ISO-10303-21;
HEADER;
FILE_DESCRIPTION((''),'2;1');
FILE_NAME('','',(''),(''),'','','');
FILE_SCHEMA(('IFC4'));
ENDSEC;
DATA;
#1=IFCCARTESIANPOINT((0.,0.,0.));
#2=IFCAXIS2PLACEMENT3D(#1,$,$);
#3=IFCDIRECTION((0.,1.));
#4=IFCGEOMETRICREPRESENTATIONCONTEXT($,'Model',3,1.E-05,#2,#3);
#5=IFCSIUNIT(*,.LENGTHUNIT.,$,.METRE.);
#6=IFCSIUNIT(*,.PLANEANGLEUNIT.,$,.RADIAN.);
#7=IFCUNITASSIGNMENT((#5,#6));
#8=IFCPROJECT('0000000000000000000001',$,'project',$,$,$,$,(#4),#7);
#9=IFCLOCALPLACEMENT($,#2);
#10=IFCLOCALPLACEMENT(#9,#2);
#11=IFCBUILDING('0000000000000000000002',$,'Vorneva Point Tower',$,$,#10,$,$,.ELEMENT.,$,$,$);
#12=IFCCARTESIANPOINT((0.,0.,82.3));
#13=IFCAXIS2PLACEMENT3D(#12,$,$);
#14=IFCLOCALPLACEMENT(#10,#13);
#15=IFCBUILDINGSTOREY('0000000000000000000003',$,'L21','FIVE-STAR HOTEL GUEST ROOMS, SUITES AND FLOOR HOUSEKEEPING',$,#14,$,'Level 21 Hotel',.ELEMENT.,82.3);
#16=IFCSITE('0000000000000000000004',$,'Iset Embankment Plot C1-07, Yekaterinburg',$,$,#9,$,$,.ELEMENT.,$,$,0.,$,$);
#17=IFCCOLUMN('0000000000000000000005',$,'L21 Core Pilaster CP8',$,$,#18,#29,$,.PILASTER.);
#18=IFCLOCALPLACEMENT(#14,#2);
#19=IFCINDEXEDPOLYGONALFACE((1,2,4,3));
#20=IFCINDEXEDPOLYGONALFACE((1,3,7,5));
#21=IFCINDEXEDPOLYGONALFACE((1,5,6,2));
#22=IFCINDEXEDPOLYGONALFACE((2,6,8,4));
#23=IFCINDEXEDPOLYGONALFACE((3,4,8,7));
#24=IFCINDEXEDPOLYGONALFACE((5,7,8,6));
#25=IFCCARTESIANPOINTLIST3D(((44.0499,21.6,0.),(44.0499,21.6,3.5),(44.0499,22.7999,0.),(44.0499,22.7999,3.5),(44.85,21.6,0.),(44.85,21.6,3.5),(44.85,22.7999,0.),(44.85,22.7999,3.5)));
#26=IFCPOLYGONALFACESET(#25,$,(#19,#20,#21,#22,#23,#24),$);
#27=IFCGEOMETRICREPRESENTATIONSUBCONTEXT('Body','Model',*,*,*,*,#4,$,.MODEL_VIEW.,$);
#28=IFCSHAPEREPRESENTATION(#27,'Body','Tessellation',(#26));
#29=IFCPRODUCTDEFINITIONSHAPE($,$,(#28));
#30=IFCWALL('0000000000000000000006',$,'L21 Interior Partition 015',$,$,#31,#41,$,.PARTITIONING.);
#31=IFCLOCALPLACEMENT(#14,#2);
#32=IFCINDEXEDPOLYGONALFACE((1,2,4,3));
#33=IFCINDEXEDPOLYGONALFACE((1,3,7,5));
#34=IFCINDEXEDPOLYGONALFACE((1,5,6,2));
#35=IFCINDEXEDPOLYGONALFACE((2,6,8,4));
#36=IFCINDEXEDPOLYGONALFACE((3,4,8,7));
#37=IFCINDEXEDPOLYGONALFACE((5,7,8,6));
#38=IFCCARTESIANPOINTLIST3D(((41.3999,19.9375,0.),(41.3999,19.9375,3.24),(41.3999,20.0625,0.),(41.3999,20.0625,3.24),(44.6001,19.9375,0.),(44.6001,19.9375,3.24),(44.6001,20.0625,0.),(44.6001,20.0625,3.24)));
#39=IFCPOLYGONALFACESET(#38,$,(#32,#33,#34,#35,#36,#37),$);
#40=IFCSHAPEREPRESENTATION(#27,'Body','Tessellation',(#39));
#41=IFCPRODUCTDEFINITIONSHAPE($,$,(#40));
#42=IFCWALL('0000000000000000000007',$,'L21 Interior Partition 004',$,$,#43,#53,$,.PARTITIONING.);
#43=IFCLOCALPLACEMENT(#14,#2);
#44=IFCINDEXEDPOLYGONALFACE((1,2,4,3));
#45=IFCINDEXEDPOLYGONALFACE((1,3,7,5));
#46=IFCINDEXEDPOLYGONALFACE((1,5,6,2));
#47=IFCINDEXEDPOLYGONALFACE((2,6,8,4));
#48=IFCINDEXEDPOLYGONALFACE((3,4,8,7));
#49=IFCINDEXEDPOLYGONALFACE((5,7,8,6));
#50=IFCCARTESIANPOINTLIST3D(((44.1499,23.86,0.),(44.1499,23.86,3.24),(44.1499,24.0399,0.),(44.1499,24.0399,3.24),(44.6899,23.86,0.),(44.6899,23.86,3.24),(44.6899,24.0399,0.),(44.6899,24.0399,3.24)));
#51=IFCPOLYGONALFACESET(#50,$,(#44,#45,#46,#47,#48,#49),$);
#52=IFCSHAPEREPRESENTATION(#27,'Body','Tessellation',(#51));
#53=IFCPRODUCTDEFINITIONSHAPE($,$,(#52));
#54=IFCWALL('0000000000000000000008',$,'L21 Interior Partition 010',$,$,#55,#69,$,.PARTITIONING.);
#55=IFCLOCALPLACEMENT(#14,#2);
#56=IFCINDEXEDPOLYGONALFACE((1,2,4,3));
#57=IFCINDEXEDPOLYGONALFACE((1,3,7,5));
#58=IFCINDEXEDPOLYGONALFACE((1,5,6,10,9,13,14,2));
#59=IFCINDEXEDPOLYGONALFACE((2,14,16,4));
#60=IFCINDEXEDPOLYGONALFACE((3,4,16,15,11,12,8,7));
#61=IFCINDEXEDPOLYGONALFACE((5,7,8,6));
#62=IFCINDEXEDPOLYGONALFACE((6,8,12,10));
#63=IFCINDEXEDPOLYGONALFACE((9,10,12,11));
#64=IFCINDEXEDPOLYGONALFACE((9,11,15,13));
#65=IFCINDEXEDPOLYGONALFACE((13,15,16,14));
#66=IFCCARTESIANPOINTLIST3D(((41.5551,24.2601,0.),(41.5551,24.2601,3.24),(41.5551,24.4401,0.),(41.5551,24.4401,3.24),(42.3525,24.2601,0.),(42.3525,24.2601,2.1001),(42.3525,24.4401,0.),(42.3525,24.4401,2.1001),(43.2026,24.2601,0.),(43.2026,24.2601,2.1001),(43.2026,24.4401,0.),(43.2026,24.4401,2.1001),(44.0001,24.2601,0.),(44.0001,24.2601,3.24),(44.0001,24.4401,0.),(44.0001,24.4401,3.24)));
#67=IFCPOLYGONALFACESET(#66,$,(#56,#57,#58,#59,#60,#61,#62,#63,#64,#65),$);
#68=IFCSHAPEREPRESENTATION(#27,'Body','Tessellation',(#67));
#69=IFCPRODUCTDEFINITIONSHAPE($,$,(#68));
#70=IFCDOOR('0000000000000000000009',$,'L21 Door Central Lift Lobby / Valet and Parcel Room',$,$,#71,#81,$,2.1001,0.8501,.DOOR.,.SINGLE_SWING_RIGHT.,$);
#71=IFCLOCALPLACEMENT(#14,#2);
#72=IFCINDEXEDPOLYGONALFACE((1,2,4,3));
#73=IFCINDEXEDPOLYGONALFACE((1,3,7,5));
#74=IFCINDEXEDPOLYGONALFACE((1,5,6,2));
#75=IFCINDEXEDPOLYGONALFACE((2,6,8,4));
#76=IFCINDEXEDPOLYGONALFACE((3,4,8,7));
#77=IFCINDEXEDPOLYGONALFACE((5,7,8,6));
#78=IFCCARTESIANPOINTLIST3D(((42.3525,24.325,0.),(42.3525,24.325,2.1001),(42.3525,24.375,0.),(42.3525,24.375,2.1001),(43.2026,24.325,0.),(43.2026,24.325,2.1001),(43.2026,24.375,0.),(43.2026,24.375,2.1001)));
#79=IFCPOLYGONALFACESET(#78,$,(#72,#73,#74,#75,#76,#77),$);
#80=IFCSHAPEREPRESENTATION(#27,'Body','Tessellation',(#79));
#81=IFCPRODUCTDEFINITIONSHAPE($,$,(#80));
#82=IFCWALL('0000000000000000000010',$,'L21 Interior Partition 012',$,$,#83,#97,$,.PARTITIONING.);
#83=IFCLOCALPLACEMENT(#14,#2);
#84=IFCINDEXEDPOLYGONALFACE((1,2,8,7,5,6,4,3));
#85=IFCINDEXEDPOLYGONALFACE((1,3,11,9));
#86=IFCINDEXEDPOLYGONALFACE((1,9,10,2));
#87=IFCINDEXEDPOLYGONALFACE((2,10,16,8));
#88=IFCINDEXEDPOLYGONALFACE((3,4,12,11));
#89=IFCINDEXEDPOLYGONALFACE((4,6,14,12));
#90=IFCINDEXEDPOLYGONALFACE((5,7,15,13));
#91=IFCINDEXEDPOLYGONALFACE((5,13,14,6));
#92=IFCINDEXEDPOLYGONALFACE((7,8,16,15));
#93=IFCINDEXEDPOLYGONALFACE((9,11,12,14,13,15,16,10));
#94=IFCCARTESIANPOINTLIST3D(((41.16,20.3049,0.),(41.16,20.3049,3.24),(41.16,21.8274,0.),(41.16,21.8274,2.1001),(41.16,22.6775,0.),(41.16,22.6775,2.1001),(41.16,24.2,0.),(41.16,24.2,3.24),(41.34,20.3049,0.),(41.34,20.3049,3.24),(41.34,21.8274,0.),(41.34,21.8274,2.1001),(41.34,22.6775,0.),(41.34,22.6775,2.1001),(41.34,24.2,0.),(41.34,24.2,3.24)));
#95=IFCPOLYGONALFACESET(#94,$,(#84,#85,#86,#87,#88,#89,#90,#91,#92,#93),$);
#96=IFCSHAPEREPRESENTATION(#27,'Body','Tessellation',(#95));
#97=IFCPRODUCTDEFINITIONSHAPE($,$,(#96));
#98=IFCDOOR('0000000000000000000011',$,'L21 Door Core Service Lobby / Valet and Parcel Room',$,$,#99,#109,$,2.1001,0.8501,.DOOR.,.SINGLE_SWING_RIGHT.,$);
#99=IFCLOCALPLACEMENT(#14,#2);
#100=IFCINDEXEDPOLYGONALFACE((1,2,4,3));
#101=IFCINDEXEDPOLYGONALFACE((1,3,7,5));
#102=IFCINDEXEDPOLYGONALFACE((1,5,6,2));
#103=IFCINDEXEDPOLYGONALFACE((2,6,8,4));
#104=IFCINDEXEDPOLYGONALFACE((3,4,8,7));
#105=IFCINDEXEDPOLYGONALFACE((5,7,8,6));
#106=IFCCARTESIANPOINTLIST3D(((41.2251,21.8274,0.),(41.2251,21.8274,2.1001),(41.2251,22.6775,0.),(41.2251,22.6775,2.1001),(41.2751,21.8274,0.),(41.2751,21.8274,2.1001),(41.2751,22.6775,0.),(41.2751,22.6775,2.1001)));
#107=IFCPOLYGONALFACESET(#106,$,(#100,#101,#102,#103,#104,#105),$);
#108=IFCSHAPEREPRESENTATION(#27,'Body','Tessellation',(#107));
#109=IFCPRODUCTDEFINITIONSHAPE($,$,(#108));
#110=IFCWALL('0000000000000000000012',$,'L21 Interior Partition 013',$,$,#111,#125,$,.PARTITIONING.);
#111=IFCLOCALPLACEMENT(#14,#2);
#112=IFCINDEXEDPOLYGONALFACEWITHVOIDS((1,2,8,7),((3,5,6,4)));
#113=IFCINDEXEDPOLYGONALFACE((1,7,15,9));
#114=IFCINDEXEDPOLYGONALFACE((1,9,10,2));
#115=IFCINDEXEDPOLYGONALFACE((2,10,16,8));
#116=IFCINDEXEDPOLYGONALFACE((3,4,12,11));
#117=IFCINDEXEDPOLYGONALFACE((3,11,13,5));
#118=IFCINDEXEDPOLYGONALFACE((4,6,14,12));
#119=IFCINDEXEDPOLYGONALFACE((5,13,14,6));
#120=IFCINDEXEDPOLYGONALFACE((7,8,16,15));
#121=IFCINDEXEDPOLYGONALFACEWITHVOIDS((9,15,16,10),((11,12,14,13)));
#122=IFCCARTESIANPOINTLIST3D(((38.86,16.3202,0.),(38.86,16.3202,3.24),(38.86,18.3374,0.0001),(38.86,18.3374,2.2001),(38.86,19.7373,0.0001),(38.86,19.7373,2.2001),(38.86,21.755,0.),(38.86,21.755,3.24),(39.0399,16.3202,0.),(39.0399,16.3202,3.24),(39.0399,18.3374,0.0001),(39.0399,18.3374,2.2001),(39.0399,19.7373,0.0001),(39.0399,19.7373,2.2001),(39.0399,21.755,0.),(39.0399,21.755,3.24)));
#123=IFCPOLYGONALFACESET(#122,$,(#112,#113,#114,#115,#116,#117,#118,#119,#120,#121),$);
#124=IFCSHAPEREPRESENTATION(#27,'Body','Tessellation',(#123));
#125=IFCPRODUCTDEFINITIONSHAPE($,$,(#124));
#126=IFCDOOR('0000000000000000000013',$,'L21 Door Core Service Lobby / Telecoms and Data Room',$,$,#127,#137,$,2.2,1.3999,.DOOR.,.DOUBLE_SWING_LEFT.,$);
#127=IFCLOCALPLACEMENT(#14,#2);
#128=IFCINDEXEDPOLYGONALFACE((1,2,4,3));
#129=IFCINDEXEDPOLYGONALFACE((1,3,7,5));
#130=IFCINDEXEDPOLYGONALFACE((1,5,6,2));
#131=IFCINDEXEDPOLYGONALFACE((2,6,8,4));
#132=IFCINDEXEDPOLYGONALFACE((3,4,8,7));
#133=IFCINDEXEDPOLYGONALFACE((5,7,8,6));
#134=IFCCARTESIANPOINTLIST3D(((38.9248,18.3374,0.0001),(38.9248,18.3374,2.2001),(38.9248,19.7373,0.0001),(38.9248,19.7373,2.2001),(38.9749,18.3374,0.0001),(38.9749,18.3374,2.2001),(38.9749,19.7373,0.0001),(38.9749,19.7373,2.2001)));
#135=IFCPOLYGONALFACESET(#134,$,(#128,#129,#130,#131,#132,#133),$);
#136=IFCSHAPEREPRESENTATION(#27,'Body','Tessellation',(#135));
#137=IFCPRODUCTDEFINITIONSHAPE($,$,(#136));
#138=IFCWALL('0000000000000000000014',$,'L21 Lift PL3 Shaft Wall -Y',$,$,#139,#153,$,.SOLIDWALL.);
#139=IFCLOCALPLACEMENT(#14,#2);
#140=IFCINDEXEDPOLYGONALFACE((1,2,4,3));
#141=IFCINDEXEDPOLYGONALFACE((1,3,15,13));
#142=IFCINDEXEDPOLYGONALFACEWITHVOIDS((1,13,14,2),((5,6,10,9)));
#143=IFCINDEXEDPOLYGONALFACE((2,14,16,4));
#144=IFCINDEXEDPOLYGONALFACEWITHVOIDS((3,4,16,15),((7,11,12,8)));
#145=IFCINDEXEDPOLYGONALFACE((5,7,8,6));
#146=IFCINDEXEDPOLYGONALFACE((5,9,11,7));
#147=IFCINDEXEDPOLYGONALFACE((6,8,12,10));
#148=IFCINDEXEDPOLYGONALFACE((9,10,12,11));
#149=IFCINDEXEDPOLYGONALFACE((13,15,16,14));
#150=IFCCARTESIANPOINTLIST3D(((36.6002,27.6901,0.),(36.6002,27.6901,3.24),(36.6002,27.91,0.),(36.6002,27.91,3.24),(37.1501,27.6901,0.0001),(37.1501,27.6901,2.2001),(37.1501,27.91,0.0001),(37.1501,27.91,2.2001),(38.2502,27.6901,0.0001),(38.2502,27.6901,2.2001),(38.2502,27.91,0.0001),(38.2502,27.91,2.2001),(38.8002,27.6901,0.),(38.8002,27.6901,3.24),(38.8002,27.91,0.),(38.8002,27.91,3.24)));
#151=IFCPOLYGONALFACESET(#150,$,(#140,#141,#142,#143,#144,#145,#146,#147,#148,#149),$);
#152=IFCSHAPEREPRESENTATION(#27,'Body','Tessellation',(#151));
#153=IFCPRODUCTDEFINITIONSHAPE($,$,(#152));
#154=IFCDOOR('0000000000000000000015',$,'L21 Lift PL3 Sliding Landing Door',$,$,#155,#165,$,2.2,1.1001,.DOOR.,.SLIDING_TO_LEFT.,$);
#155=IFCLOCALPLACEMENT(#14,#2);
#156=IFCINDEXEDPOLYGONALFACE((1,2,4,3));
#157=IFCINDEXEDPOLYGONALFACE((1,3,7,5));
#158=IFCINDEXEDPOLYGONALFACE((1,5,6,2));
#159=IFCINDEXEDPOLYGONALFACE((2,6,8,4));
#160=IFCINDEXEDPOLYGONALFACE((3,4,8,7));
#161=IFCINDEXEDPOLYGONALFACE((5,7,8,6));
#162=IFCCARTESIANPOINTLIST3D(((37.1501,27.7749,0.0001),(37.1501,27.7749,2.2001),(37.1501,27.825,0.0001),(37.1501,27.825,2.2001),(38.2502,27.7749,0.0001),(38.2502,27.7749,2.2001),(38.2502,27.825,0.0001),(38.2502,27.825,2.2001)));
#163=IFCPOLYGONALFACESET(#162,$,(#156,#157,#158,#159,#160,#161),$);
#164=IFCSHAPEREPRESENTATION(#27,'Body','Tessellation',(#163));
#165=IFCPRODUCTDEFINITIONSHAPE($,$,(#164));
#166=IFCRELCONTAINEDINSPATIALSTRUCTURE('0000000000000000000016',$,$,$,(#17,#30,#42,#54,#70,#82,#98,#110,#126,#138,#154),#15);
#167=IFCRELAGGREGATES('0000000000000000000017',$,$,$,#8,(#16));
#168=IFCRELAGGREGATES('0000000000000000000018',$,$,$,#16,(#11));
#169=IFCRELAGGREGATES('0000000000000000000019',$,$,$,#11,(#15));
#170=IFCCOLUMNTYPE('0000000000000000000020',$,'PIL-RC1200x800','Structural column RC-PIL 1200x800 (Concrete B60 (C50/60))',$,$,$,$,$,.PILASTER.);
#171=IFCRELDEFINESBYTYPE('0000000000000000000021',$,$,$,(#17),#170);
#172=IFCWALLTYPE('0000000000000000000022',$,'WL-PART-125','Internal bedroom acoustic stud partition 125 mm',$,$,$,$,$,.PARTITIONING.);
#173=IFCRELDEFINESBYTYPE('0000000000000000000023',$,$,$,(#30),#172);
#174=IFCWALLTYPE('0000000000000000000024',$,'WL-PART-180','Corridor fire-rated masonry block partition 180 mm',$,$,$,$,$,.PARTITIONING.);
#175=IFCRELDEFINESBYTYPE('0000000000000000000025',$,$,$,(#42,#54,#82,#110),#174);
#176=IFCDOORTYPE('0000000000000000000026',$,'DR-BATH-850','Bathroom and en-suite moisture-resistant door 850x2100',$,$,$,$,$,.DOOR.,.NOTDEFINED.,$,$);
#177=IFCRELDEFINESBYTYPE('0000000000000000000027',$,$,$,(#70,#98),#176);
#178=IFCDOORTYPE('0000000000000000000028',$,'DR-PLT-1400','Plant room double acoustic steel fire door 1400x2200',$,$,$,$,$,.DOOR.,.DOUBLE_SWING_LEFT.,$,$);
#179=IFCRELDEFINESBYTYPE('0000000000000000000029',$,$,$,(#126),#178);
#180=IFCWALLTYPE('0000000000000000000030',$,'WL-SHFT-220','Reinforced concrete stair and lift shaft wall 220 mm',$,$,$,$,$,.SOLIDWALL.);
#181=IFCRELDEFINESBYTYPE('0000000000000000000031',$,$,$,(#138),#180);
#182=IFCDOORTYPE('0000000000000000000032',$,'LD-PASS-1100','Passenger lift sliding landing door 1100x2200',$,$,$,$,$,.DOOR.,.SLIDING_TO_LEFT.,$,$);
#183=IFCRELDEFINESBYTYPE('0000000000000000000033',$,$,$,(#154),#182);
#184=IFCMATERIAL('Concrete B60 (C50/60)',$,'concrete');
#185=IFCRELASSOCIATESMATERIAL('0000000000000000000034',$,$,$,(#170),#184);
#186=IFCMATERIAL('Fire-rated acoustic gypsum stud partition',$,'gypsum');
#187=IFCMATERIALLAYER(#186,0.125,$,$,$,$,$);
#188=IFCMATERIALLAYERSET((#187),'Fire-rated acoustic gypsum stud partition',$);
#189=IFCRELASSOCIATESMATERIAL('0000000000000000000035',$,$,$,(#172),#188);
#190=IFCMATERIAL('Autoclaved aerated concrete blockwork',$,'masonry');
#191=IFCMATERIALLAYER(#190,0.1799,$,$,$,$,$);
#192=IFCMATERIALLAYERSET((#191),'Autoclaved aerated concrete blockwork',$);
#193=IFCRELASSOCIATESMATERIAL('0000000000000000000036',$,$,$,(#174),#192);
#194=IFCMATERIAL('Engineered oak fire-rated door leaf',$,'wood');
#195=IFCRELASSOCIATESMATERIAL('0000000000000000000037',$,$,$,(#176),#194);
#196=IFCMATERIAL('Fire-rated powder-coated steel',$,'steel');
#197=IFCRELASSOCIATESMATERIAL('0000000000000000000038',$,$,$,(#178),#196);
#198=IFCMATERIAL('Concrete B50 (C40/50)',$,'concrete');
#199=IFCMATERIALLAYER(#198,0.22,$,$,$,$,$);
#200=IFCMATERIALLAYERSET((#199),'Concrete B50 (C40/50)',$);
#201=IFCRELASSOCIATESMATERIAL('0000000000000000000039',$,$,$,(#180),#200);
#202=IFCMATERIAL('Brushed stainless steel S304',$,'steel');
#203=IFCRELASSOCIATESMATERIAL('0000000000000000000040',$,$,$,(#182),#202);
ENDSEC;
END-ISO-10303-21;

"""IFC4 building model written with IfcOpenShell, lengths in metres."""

from ifc_helpers import new_model, si_unit, direction, frame, frame_2d, origin, origin_2d, place, context, subcontext, project, spatial, rectangle, extrude, material, layer, layer_set, material_profile, profile_set, type_object, element, fill, save


model = new_model("IFC4")

# Units and contexts
model_context = context("Model", 3, precision=1e-05, world=origin(), true_north=direction((0.0, 1.0)))
body_context = subcontext(model_context, "Body", "Model", "MODEL_VIEW")
ifc_project = project(units=[si_unit("LENGTHUNIT", "METRE"), si_unit("PLANEANGLEUNIT", "RADIAN")], contexts=[model_context])

# Site, building, storey
site_placement = place(None, origin())
site = spatial("IfcSite", under=ifc_project, at=site_placement, Name="Iset Embankment Plot C1-07, Yekaterinburg", CompositionType="ELEMENT", RefElevation=0.0)
building_placement = place(site_placement, origin())
building = spatial("IfcBuilding", under=site, at=building_placement, Name="Vorneva Point Tower", CompositionType="ELEMENT")
storey_placement = place(building_placement, frame((0.0, 0.0, 82.3)))
storey = spatial("IfcBuildingStorey", under=building, at=storey_placement, Name="L21", Description="FIVE-STAR HOTEL GUEST ROOMS, SUITES AND FLOOR HOUSEKEEPING", LongName="Level 21 Hotel", CompositionType="ELEMENT", Elevation=82.3)

# Column
ifc_material_1 = material(Name="Concrete B60 (C50/60)", Category="concrete")
ifc_material_profile = material_profile(ifc_material_1, rectangle(XDim=0.8, YDim=1.2, at=origin_2d()), Name="RC-PIL 1200x800")
ifc_profile_set = profile_set([ifc_material_profile], Name="Concrete B60 (C50/60)")
column_type = type_object("IfcColumnType", Name="PIL-RC1200x800", Description="Structural column RC-PIL 1200x800 (Concrete B60 (C50/60))", PredefinedType="PILASTER", material=ifc_profile_set)
column_placement = place(storey_placement, frame((44.45, 22.2, 0.0), z_axis=(0.0, 0.0, 1.0), x_axis=(1.0, 0.0, 0.0)))
element("IfcColumn", 1, at=column_placement, inside=storey, type_object=column_type, Name="L21 Core Pilaster CP8", PredefinedType="PILASTER", context=body_context, shape_type="SweptSolid", body=[
    extrude(rectangle(XDim=0.8, YDim=1.2, at=origin_2d()), origin(), (0.0, 0.0, 1.0), 3.5),
])

# Walls
ifc_material_2 = material(Name="Fire-rated acoustic gypsum stud partition", Category="gypsum")
ifc_layer_1 = layer(ifc_material_2, 0.125)
ifc_layer_set_1 = layer_set([ifc_layer_1], Name="Fire-rated acoustic gypsum stud partition")
wall_type_1 = type_object("IfcWallType", Name="WL-PART-125", Description="Internal bedroom acoustic stud partition 125 mm", PredefinedType="PARTITIONING", material=ifc_layer_set_1)
wall_1_placement = place(storey_placement, frame((44.6001, 20.0, 0.0), z_axis=(0.0, 0.0, 1.0), x_axis=(-1.0, 0.0, 0.0)))
element("IfcWall", 2, at=wall_1_placement, inside=storey, type_object=wall_type_1, Name="L21 Interior Partition 015", PredefinedType="PARTITIONING", context=body_context, shape_type="SweptSolid", body=[
    extrude(rectangle(XDim=3.2002, YDim=0.125, at=frame_2d((1.6001, 0.0))), origin(), (0.0, 0.0, 1.0), 3.24),
])
ifc_material_3 = material(Name="Autoclaved aerated concrete blockwork", Category="masonry")
ifc_layer_2 = layer(ifc_material_3, 0.1799)
ifc_layer_set_2 = layer_set([ifc_layer_2], Name="Autoclaved aerated concrete blockwork")
wall_type_2 = type_object("IfcWallType", Name="WL-PART-180", Description="Corridor fire-rated masonry block partition 180 mm", PredefinedType="PARTITIONING", material=ifc_layer_set_2)
wall_2_placement = place(storey_placement, frame((44.1499, 23.95, 0.0), z_axis=(0.0, 0.0, 1.0), x_axis=(1.0, 0.0, 0.0)))
element("IfcWall", 3, at=wall_2_placement, inside=storey, type_object=wall_type_2, Name="L21 Interior Partition 004", PredefinedType="PARTITIONING", context=body_context, shape_type="SweptSolid", body=[
    extrude(rectangle(XDim=0.54, YDim=0.1799, at=frame_2d((0.27, 0.0))), origin(), (0.0, 0.0, 1.0), 3.24),
])

# Walls, openings, doors
ifc_material_4 = material(Name="Fire-rated powder-coated steel", Category="steel")
wall_3_placement = place(storey_placement, frame((41.5549, 24.3501, 0.0), z_axis=(0.0, 0.0, 1.0), x_axis=(1.0, 0.0, 0.0)))
wall_3 = element("IfcWall", 4, at=wall_3_placement, inside=storey, type_object=wall_type_2, Name="L21 Interior Partition 010", PredefinedType="PARTITIONING", context=body_context, shape_type="SweptSolid", body=[
    extrude(rectangle(XDim=2.4451, YDim=0.1799, at=frame_2d((1.2227, 0.0))), origin(), (0.0, 0.0, 1.0), 3.24),
])
opening_1_placement = place(wall_3_placement, frame((0.7976, 0.0, 0.0)))
opening_1 = element("IfcOpeningElement", 5, at=opening_1_placement, cuts=wall_3, PredefinedType="OPENING", context=body_context, shape_type="SweptSolid", body=[
    extrude(rectangle(XDim=0.8501, YDim=2.1001, at=frame_2d((0.425, 1.05))), frame((0.0, 0.105, 0.0), z_axis=(0.0, -1.0, 0.0), x_axis=(1.0, 0.0, 0.0)), (0.0, 0.0, 1.0), 0.2097),
])
ifc_material_5 = material(Name="Engineered oak fire-rated door leaf", Category="wood")
door_type_1 = type_object("IfcDoorType", Name="DR-BATH-850", Description="Bathroom and en-suite moisture-resistant door 850x2100", OperationType="NOTDEFINED", PredefinedType="DOOR", material=ifc_material_5)
door_1_placement = place(opening_1_placement, origin())
door_1 = element("IfcDoor", 6, at=door_1_placement, inside=storey, type_object=door_type_1, Name="L21 Door Central Lift Lobby / Valet and Parcel Room", OperationType="SINGLE_SWING_RIGHT", OverallHeight=2.1001, OverallWidth=0.8501, PredefinedType="DOOR", context=body_context, shape_type="SweptSolid", body=[
    extrude(rectangle(XDim=0.8501, YDim=2.1001, at=frame_2d((0.425, 1.05))), frame((0.0, 0.0249, 0.0), z_axis=(0.0, -1.0, 0.0), x_axis=(1.0, 0.0, 0.0)), (0.0, 0.0, 1.0), 0.05),
])
fill(opening_1, door_1)
wall_4_placement = place(storey_placement, frame((41.25, 20.3049, 0.0), z_axis=(0.0, 0.0, 1.0), x_axis=(0.0, 1.0, 0.0)))
wall_4 = element("IfcWall", 7, at=wall_4_placement, inside=storey, type_object=wall_type_2, Name="L21 Interior Partition 012", PredefinedType="PARTITIONING", context=body_context, shape_type="SweptSolid", body=[
    extrude(rectangle(XDim=3.895, YDim=0.1799, at=frame_2d((1.9475, 0.0))), origin(), (0.0, 0.0, 1.0), 3.24),
])
opening_2_placement = place(wall_4_placement, frame((1.5225, 0.0, 0.0)))
opening_2 = element("IfcOpeningElement", 8, at=opening_2_placement, cuts=wall_4, PredefinedType="OPENING", context=body_context, shape_type="SweptSolid", body=[
    extrude(rectangle(XDim=0.8501, YDim=2.1001, at=frame_2d((0.425, 1.05))), frame((0.0, 0.105, 0.0), z_axis=(0.0, -1.0, 0.0), x_axis=(1.0, 0.0, 0.0)), (0.0, 0.0, 1.0), 0.2097),
])
door_2_placement = place(opening_2_placement, origin())
door_2 = element("IfcDoor", 9, at=door_2_placement, inside=storey, type_object=door_type_1, Name="L21 Door Core Service Lobby / Valet and Parcel Room", OperationType="SINGLE_SWING_RIGHT", OverallHeight=2.1001, OverallWidth=0.8501, PredefinedType="DOOR", context=body_context, shape_type="SweptSolid", body=[
    extrude(rectangle(XDim=0.8501, YDim=2.1001, at=frame_2d((0.425, 1.05))), frame((0.0, 0.0249, 0.0), z_axis=(0.0, -1.0, 0.0), x_axis=(1.0, 0.0, 0.0)), (0.0, 0.0, 1.0), 0.05),
])
fill(opening_2, door_2)
wall_5_placement = place(storey_placement, frame((38.95, 21.7549, 0.0), z_axis=(0.0, 0.0, 1.0), x_axis=(0.0, -1.0, 0.0)))
wall_5 = element("IfcWall", 10, at=wall_5_placement, inside=storey, type_object=wall_type_2, Name="L21 Interior Partition 013", PredefinedType="PARTITIONING", context=body_context, shape_type="SweptSolid", body=[
    extrude(rectangle(XDim=5.4348, YDim=0.1799, at=frame_2d((2.7173, 0.0))), origin(), (0.0, 0.0, 1.0), 3.24),
])
opening_3_placement = place(wall_5_placement, frame((2.0176, 0.0, 0.0)))
opening_3 = element("IfcOpeningElement", 11, at=opening_3_placement, cuts=wall_5, PredefinedType="OPENING", context=body_context, shape_type="SweptSolid", body=[
    extrude(rectangle(XDim=1.3999, YDim=2.2, at=frame_2d((0.7, 1.1001))), frame((0.0, 0.105, 0.0), z_axis=(0.0, -1.0, 0.0), x_axis=(1.0, 0.0, 0.0)), (0.0, 0.0, 1.0), 0.2097),
])
door_type_2 = type_object("IfcDoorType", Name="DR-PLT-1400", Description="Plant room double acoustic steel fire door 1400x2200", OperationType="DOUBLE_SWING_LEFT", PredefinedType="DOOR", material=ifc_material_4)
door_3_placement = place(opening_3_placement, origin())
door_3 = element("IfcDoor", 12, at=door_3_placement, inside=storey, type_object=door_type_2, Name="L21 Door Core Service Lobby / Telecoms and Data Room", OperationType="DOUBLE_SWING_LEFT", OverallHeight=2.2, OverallWidth=1.3999, PredefinedType="DOOR", context=body_context, shape_type="SweptSolid", body=[
    extrude(rectangle(XDim=1.3999, YDim=2.2, at=frame_2d((0.7, 1.1001))), frame((0.0, 0.0249, 0.0), z_axis=(0.0, -1.0, 0.0), x_axis=(1.0, 0.0, 0.0)), (0.0, 0.0, 1.0), 0.05),
])
fill(opening_3, door_3)
ifc_material_6 = material(Name="Concrete B50 (C40/50)", Category="concrete")
ifc_layer_3 = layer(ifc_material_6, 0.22)
ifc_layer_set_3 = layer_set([ifc_layer_3], Name="Concrete B50 (C40/50)")
wall_type_3 = type_object("IfcWallType", Name="WL-SHFT-220", Description="Reinforced concrete stair and lift shaft wall 220 mm", PredefinedType="SOLIDWALL", material=ifc_layer_set_3)
wall_6_placement = place(storey_placement, frame((36.6001, 27.8, 0.0), z_axis=(0.0, 0.0, 1.0), x_axis=(1.0, 0.0, 0.0)))
wall_6 = element("IfcWall", 13, at=wall_6_placement, inside=storey, type_object=wall_type_3, Name="L21 Lift PL3 Shaft Wall -Y", PredefinedType="SOLIDWALL", context=body_context, shape_type="SweptSolid", body=[
    extrude(rectangle(XDim=2.2, YDim=0.22, at=frame_2d((1.1001, 0.0))), origin(), (0.0, 0.0, 1.0), 3.24),
])
opening_4_placement = place(wall_6_placement, frame((0.55, 0.0, 0.0)))
opening_4 = element("IfcOpeningElement", 14, at=opening_4_placement, cuts=wall_6, PredefinedType="OPENING", context=body_context, shape_type="SweptSolid", body=[
    extrude(rectangle(XDim=1.1001, YDim=2.2, at=frame_2d((0.55, 1.1001))), frame((0.0, 0.125, 0.0), z_axis=(0.0, -1.0, 0.0), x_axis=(1.0, 0.0, 0.0)), (0.0, 0.0, 1.0), 0.2498),
])
ifc_material_7 = material(Name="Brushed stainless steel S304", Category="steel")
door_type_3 = type_object("IfcDoorType", Name="LD-PASS-1100", Description="Passenger lift sliding landing door 1100x2200", OperationType="SLIDING_TO_LEFT", PredefinedType="DOOR", material=ifc_material_7)
door_4_placement = place(opening_4_placement, origin())
door_4 = element("IfcDoor", 15, at=door_4_placement, inside=storey, type_object=door_type_3, Name="L21 Lift PL3 Sliding Landing Door", OperationType="SLIDING_TO_LEFT", OverallHeight=2.2, OverallWidth=1.1001, PredefinedType="DOOR", context=body_context, shape_type="SweptSolid", body=[
    extrude(rectangle(XDim=1.1001, YDim=2.2, at=frame_2d((0.55, 1.1001))), frame((0.0, 0.0249, 0.0), z_axis=(0.0, -1.0, 0.0), x_axis=(1.0, 0.0, 0.0)), (0.0, 0.0, 1.0), 0.05),
])
fill(opening_4, door_4)

save(model, "model.ifc")
